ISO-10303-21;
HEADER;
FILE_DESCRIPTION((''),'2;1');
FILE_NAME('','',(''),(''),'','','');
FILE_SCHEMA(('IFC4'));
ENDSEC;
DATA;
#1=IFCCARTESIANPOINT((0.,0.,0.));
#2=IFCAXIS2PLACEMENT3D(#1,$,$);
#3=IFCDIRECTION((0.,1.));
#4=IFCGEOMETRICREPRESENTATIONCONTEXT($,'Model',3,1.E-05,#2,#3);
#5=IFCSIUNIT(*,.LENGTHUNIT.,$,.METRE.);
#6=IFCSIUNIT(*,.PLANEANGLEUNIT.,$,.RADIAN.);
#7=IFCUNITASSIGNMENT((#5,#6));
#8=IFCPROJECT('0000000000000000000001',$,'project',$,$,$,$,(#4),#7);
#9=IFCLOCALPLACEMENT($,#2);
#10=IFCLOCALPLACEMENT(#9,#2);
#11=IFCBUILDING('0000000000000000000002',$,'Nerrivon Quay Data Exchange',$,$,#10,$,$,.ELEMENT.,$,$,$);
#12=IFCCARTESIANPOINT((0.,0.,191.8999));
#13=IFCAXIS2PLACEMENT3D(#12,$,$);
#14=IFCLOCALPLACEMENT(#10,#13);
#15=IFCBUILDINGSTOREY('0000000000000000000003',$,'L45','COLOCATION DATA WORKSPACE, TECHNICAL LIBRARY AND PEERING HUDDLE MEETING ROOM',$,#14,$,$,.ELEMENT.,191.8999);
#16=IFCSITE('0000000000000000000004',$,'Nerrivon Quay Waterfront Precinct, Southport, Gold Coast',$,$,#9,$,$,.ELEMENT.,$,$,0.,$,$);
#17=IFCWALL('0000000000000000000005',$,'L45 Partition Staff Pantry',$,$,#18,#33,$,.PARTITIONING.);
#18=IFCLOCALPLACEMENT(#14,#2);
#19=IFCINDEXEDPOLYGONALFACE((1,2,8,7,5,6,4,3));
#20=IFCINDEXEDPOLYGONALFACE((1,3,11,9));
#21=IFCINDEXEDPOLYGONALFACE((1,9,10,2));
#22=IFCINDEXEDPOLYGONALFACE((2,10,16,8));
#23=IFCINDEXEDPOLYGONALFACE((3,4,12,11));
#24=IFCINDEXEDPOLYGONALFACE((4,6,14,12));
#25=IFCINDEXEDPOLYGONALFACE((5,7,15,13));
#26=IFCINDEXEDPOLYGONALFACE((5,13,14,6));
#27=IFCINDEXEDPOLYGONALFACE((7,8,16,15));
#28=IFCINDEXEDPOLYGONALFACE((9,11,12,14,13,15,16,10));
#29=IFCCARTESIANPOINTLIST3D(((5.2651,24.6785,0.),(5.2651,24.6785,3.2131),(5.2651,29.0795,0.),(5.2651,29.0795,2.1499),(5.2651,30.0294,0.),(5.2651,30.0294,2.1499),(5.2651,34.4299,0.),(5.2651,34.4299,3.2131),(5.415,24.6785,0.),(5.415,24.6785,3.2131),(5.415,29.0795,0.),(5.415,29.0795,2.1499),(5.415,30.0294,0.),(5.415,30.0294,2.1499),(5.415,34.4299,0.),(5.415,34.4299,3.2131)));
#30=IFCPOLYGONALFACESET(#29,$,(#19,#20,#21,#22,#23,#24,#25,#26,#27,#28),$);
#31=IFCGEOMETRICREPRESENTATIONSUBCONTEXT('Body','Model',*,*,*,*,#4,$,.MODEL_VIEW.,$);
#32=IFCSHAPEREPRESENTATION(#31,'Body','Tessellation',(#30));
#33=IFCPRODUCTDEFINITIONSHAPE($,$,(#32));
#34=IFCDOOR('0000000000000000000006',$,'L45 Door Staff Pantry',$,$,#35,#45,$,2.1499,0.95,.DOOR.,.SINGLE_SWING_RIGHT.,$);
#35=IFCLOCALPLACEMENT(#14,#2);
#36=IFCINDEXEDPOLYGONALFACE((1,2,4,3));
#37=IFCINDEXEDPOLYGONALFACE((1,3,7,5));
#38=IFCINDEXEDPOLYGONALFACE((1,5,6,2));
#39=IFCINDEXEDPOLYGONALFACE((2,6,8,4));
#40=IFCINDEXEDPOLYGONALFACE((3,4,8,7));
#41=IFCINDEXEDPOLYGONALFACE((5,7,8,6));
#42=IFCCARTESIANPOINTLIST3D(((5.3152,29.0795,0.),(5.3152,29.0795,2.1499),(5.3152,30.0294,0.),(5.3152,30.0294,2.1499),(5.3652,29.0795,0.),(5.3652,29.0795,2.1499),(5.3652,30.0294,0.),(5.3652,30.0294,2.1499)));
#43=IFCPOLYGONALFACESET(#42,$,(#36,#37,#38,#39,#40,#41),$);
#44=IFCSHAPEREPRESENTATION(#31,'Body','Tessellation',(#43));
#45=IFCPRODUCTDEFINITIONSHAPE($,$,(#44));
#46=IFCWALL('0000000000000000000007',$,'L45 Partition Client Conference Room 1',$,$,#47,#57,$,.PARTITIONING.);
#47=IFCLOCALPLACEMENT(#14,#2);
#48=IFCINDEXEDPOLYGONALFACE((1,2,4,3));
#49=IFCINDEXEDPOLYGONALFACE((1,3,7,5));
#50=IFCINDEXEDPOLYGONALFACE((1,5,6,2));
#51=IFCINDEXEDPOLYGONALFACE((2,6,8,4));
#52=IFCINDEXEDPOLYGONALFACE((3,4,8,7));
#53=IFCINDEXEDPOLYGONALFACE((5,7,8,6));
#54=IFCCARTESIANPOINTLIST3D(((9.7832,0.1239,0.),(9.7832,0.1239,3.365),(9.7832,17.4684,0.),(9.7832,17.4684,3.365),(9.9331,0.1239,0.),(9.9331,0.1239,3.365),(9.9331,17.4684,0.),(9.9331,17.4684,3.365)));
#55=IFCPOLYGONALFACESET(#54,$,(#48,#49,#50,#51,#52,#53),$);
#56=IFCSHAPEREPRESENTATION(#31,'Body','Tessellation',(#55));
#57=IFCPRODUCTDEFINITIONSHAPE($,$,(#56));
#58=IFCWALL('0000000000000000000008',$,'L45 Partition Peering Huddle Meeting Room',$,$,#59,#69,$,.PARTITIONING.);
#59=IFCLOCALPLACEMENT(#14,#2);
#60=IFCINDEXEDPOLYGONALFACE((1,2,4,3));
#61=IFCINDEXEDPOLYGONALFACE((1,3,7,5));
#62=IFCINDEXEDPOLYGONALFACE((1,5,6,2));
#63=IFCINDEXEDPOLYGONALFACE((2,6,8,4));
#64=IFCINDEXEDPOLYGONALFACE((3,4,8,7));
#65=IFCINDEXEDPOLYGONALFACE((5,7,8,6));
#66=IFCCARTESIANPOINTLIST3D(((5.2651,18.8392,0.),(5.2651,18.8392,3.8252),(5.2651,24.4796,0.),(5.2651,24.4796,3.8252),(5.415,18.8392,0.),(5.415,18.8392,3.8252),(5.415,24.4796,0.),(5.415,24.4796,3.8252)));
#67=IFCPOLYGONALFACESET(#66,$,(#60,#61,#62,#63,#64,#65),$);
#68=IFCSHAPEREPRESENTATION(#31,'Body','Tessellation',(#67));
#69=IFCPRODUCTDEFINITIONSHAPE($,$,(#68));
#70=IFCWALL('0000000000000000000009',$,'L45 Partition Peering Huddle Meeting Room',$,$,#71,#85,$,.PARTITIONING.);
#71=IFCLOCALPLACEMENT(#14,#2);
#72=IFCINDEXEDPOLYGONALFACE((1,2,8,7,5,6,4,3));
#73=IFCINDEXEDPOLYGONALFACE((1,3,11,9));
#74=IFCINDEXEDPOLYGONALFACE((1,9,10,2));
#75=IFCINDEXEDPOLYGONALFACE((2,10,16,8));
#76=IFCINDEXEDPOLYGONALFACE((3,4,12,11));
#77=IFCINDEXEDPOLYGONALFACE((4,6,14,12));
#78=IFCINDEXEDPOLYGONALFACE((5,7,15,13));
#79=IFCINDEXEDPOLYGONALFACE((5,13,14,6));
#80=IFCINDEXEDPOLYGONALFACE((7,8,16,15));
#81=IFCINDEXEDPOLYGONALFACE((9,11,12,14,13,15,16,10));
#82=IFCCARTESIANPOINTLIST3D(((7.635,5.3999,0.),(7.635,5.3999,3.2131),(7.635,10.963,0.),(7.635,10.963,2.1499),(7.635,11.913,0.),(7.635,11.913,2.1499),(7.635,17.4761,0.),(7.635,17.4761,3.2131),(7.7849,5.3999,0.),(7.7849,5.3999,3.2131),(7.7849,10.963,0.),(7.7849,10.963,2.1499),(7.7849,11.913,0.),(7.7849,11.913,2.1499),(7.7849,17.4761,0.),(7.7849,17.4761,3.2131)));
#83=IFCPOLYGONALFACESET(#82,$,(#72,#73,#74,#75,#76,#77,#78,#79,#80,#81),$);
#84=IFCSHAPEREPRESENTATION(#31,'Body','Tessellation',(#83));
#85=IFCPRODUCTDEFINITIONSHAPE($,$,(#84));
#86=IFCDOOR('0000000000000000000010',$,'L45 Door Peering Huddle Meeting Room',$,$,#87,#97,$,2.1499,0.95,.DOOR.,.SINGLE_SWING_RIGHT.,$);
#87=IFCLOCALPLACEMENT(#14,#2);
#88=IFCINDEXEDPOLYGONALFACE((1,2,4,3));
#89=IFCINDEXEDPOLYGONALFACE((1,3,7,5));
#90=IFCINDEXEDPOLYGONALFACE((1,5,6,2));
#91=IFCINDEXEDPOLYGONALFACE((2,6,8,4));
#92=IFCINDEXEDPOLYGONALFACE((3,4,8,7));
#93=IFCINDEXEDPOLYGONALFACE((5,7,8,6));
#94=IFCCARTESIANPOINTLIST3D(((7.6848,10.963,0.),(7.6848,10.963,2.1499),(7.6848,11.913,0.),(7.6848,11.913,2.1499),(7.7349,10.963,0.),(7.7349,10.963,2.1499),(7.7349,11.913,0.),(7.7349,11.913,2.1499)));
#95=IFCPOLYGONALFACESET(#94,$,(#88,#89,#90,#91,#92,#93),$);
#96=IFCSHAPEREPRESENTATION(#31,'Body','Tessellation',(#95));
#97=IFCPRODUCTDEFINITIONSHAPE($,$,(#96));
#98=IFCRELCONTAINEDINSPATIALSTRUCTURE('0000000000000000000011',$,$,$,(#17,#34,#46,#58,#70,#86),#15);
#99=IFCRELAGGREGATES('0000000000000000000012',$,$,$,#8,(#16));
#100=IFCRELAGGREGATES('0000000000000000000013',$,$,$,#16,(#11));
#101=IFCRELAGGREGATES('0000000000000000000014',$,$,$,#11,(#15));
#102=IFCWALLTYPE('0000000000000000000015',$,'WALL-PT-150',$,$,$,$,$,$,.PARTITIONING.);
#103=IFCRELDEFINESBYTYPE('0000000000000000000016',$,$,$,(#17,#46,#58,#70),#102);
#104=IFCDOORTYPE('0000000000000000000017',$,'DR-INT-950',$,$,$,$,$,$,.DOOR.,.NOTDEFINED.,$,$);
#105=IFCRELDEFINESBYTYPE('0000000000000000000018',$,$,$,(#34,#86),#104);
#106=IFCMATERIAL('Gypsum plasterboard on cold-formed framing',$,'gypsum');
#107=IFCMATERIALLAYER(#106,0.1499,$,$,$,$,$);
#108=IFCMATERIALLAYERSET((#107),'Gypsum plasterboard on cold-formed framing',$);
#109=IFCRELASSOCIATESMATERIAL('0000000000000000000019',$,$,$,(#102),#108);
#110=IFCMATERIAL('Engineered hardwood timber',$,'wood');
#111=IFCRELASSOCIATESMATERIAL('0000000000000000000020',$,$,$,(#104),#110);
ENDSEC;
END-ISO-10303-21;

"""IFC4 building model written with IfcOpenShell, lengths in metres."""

from ifc_helpers import new_model, si_unit, direction, frame, frame_2d, origin, place, context, subcontext, project, spatial, rectangle, extrude, material, layer, layer_set, type_object, element, fill, save


model = new_model("IFC4")

# Units and contexts
model_context = context("Model", 3, precision=1e-05, world=origin(), true_north=direction((0.0, 1.0)))
body_context = subcontext(model_context, "Body", "Model", "MODEL_VIEW")
ifc_project = project(units=[si_unit("LENGTHUNIT", "METRE"), si_unit("PLANEANGLEUNIT", "RADIAN")], contexts=[model_context])

# Site, building, storey
site_placement = place(None, origin())
site = spatial("IfcSite", under=ifc_project, at=site_placement, Name="Nerrivon Quay Waterfront Precinct, Southport, Gold Coast", CompositionType="ELEMENT", RefElevation=0.0)
building_placement = place(site_placement, origin())
building = spatial("IfcBuilding", under=site, at=building_placement, Name="Nerrivon Quay Data Exchange", CompositionType="ELEMENT")
storey_placement = place(building_placement, frame((0.0, 0.0, 191.8999)))
storey = spatial("IfcBuildingStorey", under=building, at=storey_placement, Name="L45", Description="COLOCATION DATA WORKSPACE, TECHNICAL LIBRARY AND PEERING HUDDLE MEETING ROOM", CompositionType="ELEMENT", Elevation=191.8999)

# Shared definitions
ifc_material_1 = material(Name="Gypsum plasterboard on cold-formed framing", Category="gypsum")

# Shared definitions
ifc_material_2 = material(Name="Engineered hardwood timber", Category="wood")

# Wall, opening, door
ifc_layer_1 = layer(ifc_material_1, 0.1499)
ifc_layer_set_1 = layer_set([ifc_layer_1], Name="Gypsum plasterboard on cold-formed framing")
wall_type_1 = type_object("IfcWallType", Name="WALL-PT-150", PredefinedType="PARTITIONING", material=ifc_layer_set_1)
wall_1_placement = place(storey_placement, frame((5.3401, 24.6785, 0.0), z_axis=(0.0, 0.0, 1.0), x_axis=(0.0, 1.0, 0.0)))
wall_1 = element("IfcWall", 1, at=wall_1_placement, inside=storey, type_object=wall_type_1, Name="L45 Partition Staff Pantry", PredefinedType="PARTITIONING", context=body_context, shape_type="SweptSolid", body=[
    extrude(rectangle(XDim=9.7515, YDim=0.1499, at=frame_2d((4.8757, 0.0))), origin(), (0.0, 0.0, 1.0), 3.2131),
])
opening_1_placement = place(wall_1_placement, frame((4.4009, 0.0, 0.0)))
opening_1 = element("IfcOpeningElement", 2, at=opening_1_placement, cuts=wall_1, PredefinedType="OPENING", context=body_context, shape_type="SweptSolid", body=[
    extrude(rectangle(XDim=0.95, YDim=2.1499, at=frame_2d((0.4751, 1.075))), frame((0.0, 0.085, 0.0), z_axis=(0.0, -1.0, 0.0), x_axis=(1.0, 0.0, 0.0)), (0.0, 0.0, 1.0), 0.1699),
])
door_type_1 = type_object("IfcDoorType", Name="DR-INT-950", OperationType="NOTDEFINED", PredefinedType="DOOR", material=ifc_material_2)
door_1_placement = place(opening_1_placement, origin())
door_1 = element("IfcDoor", 3, at=door_1_placement, inside=storey, type_object=door_type_1, Name="L45 Door Staff Pantry", OperationType="SINGLE_SWING_RIGHT", OverallHeight=2.1499, OverallWidth=0.95, PredefinedType="DOOR", context=body_context, shape_type="SweptSolid", body=[
    extrude(rectangle(XDim=0.95, YDim=2.1499, at=frame_2d((0.4751, 1.075))), frame((0.0, 0.0249, 0.0), z_axis=(0.0, -1.0, 0.0), x_axis=(1.0, 0.0, 0.0)), (0.0, 0.0, 1.0), 0.05),
])
fill(opening_1, door_1)

# Walls
wall_2_placement = place(storey_placement, frame((9.8582, 17.4685, 0.0), z_axis=(0.0, 0.0, 1.0), x_axis=(0.0, -1.0, 0.0)))
element("IfcWall", 4, at=wall_2_placement, inside=storey, type_object=wall_type_1, Name="L45 Partition Client Conference Room 1", PredefinedType="PARTITIONING", context=body_context, shape_type="SweptSolid", body=[
    extrude(rectangle(XDim=17.3445, YDim=0.1499, at=frame_2d((8.6724, 0.0))), origin(), (0.0, 0.0, 1.0), 3.365),
])
wall_3_placement = place(storey_placement, frame((5.3401, 18.8391, 0.0), z_axis=(0.0, 0.0, 1.0), x_axis=(0.0, 1.0, 0.0)))
element("IfcWall", 5, at=wall_3_placement, inside=storey, type_object=wall_type_1, Name="L45 Partition Peering Huddle Meeting Room", PredefinedType="PARTITIONING", context=body_context, shape_type="SweptSolid", body=[
    extrude(rectangle(XDim=5.6404, YDim=0.1499, at=frame_2d((2.8203, 0.0))), origin(), (0.0, 0.0, 1.0), 3.8252),
])

# Wall, opening, door
wall_4_placement = place(storey_placement, frame((7.71, 17.4761, 0.0), z_axis=(0.0, 0.0, 1.0), x_axis=(0.0, -1.0, 0.0)))
wall_4 = element("IfcWall", 6, at=wall_4_placement, inside=storey, type_object=wall_type_1, Name="L45 Partition Peering Huddle Meeting Room", PredefinedType="PARTITIONING", context=body_context, shape_type="SweptSolid", body=[
    extrude(rectangle(XDim=12.0762, YDim=0.1499, at=frame_2d((6.0381, 0.0))), origin(), (0.0, 0.0, 1.0), 3.2131),
])
opening_2_placement = place(wall_4_placement, frame((5.563, 0.0, 0.0)))
opening_2 = element("IfcOpeningElement", 7, at=opening_2_placement, cuts=wall_4, PredefinedType="OPENING", context=body_context, shape_type="SweptSolid", body=[
    extrude(rectangle(XDim=0.95, YDim=2.1499, at=frame_2d((0.4751, 1.075))), frame((0.0, 0.085, 0.0), z_axis=(0.0, -1.0, 0.0), x_axis=(1.0, 0.0, 0.0)), (0.0, 0.0, 1.0), 0.1699),
])
door_2_placement = place(opening_2_placement, origin())
door_2 = element("IfcDoor", 8, at=door_2_placement, inside=storey, type_object=door_type_1, Name="L45 Door Peering Huddle Meeting Room", OperationType="SINGLE_SWING_RIGHT", OverallHeight=2.1499, OverallWidth=0.95, PredefinedType="DOOR", context=body_context, shape_type="SweptSolid", body=[
    extrude(rectangle(XDim=0.95, YDim=2.1499, at=frame_2d((0.4751, 1.075))), frame((0.0, 0.0249, 0.0), z_axis=(0.0, -1.0, 0.0), x_axis=(1.0, 0.0, 0.0)), (0.0, 0.0, 1.0), 0.05),
])
fill(opening_2, door_2)

save(model, "model.ifc")
